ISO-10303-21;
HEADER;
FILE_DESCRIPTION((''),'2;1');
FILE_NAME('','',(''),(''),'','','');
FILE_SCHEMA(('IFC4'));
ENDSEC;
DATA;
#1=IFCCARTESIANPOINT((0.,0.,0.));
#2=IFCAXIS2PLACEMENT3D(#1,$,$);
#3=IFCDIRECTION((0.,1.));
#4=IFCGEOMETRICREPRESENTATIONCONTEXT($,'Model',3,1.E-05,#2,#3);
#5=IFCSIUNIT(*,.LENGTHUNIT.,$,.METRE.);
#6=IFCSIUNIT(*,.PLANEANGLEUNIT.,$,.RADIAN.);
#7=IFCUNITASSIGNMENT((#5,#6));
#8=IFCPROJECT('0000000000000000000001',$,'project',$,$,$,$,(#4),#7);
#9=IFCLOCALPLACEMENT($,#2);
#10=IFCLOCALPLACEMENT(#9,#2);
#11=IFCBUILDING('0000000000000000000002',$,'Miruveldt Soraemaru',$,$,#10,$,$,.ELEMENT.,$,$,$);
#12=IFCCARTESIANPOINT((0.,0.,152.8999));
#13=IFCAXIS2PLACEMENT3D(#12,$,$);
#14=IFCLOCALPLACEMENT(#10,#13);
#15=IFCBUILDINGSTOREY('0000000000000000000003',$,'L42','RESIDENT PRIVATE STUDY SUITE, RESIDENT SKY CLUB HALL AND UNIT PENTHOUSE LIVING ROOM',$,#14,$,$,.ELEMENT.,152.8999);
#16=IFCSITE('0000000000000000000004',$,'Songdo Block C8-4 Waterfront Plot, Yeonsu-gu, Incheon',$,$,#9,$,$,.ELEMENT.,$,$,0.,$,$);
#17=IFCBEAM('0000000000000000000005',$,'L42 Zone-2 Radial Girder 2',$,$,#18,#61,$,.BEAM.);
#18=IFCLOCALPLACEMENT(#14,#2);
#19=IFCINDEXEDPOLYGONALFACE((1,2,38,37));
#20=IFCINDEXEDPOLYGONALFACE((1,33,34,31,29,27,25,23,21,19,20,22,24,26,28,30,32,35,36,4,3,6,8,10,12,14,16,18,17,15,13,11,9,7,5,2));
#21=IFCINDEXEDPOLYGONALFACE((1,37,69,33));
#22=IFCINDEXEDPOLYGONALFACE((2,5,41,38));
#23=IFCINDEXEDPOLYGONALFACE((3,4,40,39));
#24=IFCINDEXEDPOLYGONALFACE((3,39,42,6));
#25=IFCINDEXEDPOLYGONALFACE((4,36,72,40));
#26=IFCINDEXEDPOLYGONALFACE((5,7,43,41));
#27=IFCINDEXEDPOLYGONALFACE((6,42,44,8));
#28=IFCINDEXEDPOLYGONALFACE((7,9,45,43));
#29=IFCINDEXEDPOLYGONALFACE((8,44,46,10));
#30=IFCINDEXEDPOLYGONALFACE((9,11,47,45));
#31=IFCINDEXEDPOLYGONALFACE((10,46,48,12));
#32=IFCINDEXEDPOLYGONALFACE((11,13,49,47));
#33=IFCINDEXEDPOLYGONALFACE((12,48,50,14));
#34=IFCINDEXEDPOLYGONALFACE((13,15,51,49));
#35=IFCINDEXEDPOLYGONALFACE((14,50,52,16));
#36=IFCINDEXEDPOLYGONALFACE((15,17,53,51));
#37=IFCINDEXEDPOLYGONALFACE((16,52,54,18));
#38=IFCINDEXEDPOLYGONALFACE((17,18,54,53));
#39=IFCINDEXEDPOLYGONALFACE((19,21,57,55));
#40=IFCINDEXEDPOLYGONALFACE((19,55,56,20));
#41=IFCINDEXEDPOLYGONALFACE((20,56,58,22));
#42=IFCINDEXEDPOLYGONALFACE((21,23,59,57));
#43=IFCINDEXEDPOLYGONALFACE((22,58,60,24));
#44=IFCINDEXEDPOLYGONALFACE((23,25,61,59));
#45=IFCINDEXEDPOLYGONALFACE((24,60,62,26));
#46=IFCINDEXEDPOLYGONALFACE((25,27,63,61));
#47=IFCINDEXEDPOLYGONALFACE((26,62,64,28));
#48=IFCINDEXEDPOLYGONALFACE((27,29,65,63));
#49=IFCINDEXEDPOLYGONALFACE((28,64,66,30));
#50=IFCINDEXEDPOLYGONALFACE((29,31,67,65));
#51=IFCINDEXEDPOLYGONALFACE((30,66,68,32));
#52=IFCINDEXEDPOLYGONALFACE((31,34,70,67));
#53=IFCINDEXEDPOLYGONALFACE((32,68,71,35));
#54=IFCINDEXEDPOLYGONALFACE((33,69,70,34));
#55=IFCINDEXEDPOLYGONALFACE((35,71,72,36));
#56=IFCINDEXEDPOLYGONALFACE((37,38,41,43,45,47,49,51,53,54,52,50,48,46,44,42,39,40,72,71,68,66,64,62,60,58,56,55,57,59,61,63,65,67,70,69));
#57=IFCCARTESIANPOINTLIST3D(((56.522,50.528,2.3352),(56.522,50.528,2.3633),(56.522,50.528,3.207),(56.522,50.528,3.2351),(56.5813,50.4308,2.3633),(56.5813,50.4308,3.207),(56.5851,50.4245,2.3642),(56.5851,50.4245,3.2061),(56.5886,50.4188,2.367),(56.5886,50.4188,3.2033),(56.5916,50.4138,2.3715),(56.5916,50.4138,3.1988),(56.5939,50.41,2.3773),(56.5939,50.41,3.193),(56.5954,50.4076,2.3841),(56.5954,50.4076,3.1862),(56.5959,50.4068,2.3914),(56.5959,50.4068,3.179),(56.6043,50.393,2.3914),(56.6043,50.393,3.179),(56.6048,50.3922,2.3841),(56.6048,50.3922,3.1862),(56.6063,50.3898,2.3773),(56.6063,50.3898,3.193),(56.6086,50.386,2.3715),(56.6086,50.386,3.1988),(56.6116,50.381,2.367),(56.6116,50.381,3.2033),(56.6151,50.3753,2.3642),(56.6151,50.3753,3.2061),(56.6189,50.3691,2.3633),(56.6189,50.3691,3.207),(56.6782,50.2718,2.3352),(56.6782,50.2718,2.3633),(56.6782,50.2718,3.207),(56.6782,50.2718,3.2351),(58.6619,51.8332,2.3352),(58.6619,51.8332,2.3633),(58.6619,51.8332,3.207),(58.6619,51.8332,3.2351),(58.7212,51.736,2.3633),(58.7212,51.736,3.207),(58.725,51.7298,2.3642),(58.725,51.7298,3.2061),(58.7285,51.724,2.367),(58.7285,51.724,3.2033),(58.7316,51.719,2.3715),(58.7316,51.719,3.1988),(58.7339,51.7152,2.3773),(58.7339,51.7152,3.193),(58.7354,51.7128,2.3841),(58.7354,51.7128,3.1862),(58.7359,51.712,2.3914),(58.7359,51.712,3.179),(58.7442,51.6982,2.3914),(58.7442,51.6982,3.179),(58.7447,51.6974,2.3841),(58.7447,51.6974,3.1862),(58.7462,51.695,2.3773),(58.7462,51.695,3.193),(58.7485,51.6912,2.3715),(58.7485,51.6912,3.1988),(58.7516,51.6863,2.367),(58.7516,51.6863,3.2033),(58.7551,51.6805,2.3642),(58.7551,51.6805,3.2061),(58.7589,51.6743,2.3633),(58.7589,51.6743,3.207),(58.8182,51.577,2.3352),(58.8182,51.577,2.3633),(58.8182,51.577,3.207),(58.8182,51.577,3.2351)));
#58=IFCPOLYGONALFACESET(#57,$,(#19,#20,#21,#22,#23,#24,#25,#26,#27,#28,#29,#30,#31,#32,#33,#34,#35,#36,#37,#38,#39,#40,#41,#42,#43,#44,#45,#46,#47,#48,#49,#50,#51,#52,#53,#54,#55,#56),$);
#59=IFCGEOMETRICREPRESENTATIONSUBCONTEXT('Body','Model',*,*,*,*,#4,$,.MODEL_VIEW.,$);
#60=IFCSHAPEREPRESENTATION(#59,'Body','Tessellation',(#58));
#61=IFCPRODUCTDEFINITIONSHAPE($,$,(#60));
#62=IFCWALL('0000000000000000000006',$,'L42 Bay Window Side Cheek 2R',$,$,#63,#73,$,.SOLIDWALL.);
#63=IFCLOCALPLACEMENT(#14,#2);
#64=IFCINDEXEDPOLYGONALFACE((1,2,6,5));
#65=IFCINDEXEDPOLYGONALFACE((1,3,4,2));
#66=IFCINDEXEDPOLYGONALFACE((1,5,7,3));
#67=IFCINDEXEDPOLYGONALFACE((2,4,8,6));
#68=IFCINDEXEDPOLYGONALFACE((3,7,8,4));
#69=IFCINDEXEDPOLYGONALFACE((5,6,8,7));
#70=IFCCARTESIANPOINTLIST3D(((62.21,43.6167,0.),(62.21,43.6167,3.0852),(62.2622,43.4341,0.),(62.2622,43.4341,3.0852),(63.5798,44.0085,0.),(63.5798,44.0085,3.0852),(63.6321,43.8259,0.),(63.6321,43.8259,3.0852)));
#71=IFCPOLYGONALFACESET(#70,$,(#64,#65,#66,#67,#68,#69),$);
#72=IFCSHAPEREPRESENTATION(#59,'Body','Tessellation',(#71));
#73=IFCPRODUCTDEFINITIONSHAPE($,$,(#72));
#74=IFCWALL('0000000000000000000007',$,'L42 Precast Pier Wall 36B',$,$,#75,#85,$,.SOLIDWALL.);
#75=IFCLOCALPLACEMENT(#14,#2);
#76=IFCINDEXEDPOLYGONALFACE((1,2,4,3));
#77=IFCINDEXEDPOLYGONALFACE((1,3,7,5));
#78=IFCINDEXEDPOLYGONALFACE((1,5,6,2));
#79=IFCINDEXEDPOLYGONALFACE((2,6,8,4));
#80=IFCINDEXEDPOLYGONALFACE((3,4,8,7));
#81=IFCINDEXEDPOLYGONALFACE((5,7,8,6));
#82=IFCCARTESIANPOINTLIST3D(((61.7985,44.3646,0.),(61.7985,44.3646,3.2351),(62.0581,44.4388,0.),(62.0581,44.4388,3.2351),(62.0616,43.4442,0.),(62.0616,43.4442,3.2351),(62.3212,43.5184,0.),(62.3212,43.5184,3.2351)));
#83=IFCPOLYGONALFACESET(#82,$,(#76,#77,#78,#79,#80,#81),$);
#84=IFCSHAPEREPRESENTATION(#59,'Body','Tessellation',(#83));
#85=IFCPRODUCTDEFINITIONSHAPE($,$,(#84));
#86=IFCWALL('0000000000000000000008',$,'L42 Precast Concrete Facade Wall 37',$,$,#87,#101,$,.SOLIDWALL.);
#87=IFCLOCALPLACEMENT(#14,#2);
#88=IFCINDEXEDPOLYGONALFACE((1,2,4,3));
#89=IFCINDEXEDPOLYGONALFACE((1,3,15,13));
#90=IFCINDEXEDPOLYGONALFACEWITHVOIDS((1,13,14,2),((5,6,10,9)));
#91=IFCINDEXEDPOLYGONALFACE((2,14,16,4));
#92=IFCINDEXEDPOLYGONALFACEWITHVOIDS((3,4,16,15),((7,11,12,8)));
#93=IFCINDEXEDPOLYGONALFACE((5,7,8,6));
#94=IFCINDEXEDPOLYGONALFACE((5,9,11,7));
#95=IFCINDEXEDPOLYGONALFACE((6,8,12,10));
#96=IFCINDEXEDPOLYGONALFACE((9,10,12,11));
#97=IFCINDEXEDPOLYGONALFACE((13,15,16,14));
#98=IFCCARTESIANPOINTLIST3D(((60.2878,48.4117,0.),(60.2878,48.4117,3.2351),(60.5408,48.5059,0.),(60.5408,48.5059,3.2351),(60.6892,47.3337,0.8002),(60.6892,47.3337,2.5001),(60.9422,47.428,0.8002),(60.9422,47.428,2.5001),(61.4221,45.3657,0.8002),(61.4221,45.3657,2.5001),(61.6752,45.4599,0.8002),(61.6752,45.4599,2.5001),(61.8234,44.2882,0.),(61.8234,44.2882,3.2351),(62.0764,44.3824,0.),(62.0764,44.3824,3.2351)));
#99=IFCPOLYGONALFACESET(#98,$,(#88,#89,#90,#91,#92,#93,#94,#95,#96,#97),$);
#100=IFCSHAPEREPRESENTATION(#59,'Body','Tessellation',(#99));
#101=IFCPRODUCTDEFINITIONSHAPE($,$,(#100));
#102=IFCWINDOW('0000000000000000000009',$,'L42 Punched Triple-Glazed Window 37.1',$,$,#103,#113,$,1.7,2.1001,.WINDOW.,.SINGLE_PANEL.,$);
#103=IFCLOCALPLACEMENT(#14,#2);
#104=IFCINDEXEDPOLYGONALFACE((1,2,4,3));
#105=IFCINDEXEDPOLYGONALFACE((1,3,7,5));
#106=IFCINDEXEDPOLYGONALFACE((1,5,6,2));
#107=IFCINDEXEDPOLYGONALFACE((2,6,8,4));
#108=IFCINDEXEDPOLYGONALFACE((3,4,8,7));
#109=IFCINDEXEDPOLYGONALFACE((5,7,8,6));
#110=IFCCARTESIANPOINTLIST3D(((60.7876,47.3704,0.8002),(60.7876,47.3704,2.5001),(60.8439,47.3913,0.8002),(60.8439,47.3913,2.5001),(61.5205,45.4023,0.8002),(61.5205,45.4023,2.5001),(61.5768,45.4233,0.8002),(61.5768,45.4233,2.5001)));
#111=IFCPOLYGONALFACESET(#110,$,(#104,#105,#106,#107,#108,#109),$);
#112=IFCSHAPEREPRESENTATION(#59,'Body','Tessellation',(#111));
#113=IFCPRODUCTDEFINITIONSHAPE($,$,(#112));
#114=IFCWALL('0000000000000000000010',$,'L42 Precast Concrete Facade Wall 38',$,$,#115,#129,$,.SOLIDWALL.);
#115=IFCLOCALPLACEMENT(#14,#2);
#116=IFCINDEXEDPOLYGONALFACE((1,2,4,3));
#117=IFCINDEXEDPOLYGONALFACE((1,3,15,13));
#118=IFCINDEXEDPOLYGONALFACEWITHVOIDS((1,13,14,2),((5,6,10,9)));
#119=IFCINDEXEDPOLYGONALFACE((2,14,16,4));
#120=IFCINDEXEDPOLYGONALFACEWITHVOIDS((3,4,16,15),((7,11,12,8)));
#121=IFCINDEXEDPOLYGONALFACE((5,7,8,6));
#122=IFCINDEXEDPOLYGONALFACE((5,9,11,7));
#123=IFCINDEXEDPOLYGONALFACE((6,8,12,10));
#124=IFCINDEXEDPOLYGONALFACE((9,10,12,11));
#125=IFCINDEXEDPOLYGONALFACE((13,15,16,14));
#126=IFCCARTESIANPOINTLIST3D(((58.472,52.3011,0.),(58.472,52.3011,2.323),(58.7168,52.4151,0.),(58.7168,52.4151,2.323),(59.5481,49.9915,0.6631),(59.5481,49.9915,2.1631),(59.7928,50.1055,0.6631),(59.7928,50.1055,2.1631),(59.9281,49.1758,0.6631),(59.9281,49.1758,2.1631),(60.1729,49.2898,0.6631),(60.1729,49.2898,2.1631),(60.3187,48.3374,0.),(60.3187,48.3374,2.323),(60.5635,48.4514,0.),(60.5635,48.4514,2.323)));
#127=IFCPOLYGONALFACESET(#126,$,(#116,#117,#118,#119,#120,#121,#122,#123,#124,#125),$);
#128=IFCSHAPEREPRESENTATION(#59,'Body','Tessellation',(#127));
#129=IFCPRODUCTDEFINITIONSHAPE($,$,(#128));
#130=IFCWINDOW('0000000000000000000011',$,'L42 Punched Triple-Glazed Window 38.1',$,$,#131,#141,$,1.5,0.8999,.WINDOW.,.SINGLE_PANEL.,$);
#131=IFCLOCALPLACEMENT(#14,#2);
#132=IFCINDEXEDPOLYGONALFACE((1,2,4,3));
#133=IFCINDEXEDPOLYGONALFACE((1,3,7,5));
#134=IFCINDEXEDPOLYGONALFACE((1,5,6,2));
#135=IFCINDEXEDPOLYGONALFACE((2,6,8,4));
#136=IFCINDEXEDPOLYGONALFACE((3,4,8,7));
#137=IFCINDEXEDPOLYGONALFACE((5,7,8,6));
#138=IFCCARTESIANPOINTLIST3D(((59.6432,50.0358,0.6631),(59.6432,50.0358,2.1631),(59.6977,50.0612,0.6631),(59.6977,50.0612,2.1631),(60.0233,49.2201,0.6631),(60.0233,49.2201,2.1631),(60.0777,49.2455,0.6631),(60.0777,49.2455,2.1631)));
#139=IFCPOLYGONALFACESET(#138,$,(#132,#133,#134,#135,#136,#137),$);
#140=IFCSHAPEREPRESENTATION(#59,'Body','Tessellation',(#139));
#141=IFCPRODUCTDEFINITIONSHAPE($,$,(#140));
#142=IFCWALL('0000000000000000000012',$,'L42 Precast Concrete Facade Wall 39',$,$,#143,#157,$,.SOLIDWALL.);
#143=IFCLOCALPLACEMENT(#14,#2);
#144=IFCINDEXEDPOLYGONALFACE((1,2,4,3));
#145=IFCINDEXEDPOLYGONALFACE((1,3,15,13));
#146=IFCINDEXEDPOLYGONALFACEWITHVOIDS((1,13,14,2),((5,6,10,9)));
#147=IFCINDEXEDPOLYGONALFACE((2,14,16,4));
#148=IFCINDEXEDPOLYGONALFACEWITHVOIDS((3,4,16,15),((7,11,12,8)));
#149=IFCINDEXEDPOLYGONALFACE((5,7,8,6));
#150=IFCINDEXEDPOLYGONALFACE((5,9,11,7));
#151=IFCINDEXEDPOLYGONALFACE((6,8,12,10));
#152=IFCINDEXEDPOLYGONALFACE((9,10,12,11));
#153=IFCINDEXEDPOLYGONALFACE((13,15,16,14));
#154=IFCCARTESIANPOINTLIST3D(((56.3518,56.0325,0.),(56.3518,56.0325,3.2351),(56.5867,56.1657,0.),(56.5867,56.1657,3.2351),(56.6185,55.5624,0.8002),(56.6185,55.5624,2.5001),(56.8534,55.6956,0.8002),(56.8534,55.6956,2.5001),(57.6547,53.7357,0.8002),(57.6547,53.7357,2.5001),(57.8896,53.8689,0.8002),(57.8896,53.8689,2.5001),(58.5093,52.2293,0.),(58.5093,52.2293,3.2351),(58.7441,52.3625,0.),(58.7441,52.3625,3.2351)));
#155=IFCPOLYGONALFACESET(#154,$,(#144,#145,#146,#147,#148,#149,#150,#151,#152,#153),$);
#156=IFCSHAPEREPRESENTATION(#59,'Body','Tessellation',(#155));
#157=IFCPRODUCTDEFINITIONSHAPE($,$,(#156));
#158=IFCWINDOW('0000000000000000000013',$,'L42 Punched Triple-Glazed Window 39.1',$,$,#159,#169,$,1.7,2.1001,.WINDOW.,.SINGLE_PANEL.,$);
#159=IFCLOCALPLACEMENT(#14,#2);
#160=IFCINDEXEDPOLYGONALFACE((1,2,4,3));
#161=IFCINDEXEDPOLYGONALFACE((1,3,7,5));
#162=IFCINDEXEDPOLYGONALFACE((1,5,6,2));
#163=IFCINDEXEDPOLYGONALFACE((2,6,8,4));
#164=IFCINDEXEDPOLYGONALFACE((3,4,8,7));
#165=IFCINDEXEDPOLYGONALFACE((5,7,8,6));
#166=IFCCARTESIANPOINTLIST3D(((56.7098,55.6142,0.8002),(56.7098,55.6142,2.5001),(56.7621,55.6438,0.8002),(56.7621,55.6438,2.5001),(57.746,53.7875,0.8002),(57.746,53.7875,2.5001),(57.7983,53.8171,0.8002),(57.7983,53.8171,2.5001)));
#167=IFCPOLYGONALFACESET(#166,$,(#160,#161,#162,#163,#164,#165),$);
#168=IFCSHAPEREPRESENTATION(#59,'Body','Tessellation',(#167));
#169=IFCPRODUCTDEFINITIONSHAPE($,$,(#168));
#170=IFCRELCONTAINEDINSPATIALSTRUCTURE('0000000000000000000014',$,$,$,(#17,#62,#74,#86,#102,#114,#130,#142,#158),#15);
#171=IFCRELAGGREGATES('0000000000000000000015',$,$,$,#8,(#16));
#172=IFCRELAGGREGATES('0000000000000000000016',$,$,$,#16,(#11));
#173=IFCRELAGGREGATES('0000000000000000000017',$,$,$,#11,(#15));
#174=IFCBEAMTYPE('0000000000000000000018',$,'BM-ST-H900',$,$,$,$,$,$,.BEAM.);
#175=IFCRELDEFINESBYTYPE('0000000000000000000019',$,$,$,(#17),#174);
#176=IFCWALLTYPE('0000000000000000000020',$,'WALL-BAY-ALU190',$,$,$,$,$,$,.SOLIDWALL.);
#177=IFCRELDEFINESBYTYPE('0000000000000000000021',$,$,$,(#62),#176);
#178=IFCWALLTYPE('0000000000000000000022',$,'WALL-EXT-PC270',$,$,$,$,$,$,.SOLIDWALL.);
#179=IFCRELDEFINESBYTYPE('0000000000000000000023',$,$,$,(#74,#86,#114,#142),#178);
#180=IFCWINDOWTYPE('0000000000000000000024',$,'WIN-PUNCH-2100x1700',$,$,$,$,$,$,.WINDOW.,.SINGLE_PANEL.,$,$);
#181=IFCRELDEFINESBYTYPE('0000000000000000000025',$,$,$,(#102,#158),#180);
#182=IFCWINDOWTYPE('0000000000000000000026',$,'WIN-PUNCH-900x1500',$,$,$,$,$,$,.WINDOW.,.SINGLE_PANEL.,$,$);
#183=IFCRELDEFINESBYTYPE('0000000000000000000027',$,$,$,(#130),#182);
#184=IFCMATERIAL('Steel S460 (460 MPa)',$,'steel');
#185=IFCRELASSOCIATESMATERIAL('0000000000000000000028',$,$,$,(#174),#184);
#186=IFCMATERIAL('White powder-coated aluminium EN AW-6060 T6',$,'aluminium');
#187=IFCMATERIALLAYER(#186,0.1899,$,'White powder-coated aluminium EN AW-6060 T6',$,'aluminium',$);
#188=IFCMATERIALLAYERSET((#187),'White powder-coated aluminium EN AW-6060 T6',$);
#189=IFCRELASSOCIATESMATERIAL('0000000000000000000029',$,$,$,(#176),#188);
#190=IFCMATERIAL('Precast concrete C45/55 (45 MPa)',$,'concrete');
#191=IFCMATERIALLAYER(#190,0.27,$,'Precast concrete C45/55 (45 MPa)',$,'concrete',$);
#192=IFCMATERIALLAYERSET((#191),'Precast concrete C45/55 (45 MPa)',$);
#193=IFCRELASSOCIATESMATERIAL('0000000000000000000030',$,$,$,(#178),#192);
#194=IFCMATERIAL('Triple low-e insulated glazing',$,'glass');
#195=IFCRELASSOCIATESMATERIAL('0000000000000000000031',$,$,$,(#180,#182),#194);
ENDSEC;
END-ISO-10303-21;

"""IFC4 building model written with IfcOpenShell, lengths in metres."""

from ifc_helpers import new_model, si_unit, direction, frame, frame_2d, origin, origin_2d, place, context, subcontext, project, spatial, rectangle, i_section, extrude, material, layer, layer_set, material_profile, profile_set, type_object, element, fill, save


model = new_model("IFC4")

# Units and contexts
model_context = context("Model", 3, precision=1e-05, world=origin(), true_north=direction((0.0, 1.0)))
body_context = subcontext(model_context, "Body", "Model", "MODEL_VIEW")
ifc_project = project(units=[si_unit("LENGTHUNIT", "METRE"), si_unit("PLANEANGLEUNIT", "RADIAN")], contexts=[model_context])

# Site, building, storey
site_placement = place(None, origin())
site = spatial("IfcSite", under=ifc_project, at=site_placement, Name="Songdo Block C8-4 Waterfront Plot, Yeonsu-gu, Incheon", CompositionType="ELEMENT", RefElevation=0.0)
building_placement = place(site_placement, origin())
building = spatial("IfcBuilding", under=site, at=building_placement, Name="Miruveldt Soraemaru", CompositionType="ELEMENT")
storey_placement = place(building_placement, frame((0.0, 0.0, 152.8999)))
storey = spatial("IfcBuildingStorey", under=building, at=storey_placement, Name="L42", Description="RESIDENT PRIVATE STUDY SUITE, RESIDENT SKY CLUB HALL AND UNIT PENTHOUSE LIVING ROOM", CompositionType="ELEMENT", Elevation=152.8999)

# Beam
ifc_material_1 = material(Name="Steel S460 (460 MPa)", Category="steel")
ifc_material_profile_1 = material_profile(ifc_material_1, i_section(OverallWidth=0.3, OverallDepth=0.8999, WebThickness=0.0161, FlangeThickness=0.0281, FilletRadius=0.0281, at=origin_2d()), Name="Steel S460 (460 MPa)", Category="steel")
ifc_profile_set_1 = profile_set([ifc_material_profile_1], Name="Steel S460 (460 MPa)")
beam_type_1 = type_object("IfcBeamType", Name="BM-ST-H900", PredefinedType="BEAM", material=ifc_profile_set_1)
beam_1_placement = place(storey_placement, frame((56.6001, 50.3999, 2.7852), z_axis=(0.853732, 0.520713, 0.0), x_axis=(-0.520713, 0.853732, 0.0)))
element("IfcBeam", 1, at=beam_1_placement, inside=storey, type_object=beam_type_1, Name="L42 Zone-2 Radial Girder 2", PredefinedType="BEAM", context=body_context, shape_type="SweptSolid", body=[
    extrude(i_section(OverallWidth=0.3, OverallDepth=0.8999, WebThickness=0.0161, FlangeThickness=0.0281, FilletRadius=0.0281, at=origin_2d()), origin(), (0.0, 0.0, 1.0), 2.5066),
])

# Walls
ifc_material_2 = material(Name="White powder-coated aluminium EN AW-6060 T6", Category="aluminium")
ifc_layer_1 = layer(ifc_material_2, 0.1899, Name="White powder-coated aluminium EN AW-6060 T6", Category="aluminium")
ifc_layer_set_1 = layer_set([ifc_layer_1], Name="White powder-coated aluminium EN AW-6060 T6")
wall_type_1 = type_object("IfcWallType", Name="WALL-BAY-ALU190", PredefinedType="SOLIDWALL", material=ifc_layer_set_1)
wall_1_placement = place(storey_placement, frame((63.606, 43.9172, 0.0), z_axis=(0.0, 0.0, 1.0), x_axis=(-0.96144, -0.275015, 0.0)))
element("IfcWall", 2, at=wall_1_placement, inside=storey, type_object=wall_type_1, Name="L42 Bay Window Side Cheek 2R", PredefinedType="SOLIDWALL", context=body_context, shape_type="SweptSolid", body=[
    extrude(rectangle(XDim=1.4248, YDim=0.1899, at=frame_2d((0.7124, 0.0))), origin(), (0.0, 0.0, 1.0), 3.0852),
])
ifc_material_3 = material(Name="Precast concrete C45/55 (45 MPa)", Category="concrete")
ifc_layer_2 = layer(ifc_material_3, 0.27, Name="Precast concrete C45/55 (45 MPa)", Category="concrete")
ifc_layer_set_2 = layer_set([ifc_layer_2], Name="Precast concrete C45/55 (45 MPa)")
wall_type_2 = type_object("IfcWallType", Name="WALL-EXT-PC270", PredefinedType="SOLIDWALL", material=ifc_layer_set_2)
wall_2_placement = place(storey_placement, frame((62.1914, 43.4814, 0.0), z_axis=(0.0, 0.0, 1.0), x_axis=(-0.274923, 0.961466, 0.0)))
element("IfcWall", 3, at=wall_2_placement, inside=storey, type_object=wall_type_2, Name="L42 Precast Pier Wall 36B", PredefinedType="SOLIDWALL", context=body_context, shape_type="SweptSolid", body=[
    extrude(rectangle(XDim=0.9573, YDim=0.27, at=frame_2d((0.4785, 0.0))), origin(), (0.0, 0.0, 1.0), 3.2351),
])

# Walls, openings, windows
wall_3_placement = place(storey_placement, frame((61.95, 44.3352, 0.0), z_axis=(0.0, 0.0, 1.0), x_axis=(-0.348994, 0.937125, 0.0)))
wall_3 = element("IfcWall", 4, at=wall_3_placement, inside=storey, type_object=wall_type_2, Name="L42 Precast Concrete Facade Wall 37", PredefinedType="SOLIDWALL", context=body_context, shape_type="SweptSolid", body=[
    extrude(rectangle(XDim=4.4001, YDim=0.27, at=frame_2d((2.2002, 0.0))), origin(), (0.0, 0.0, 1.0), 3.2351),
])
opening_1_placement = place(wall_3_placement, frame((1.1499, 0.0, 0.8)))
opening_1 = element("IfcOpeningElement", 5, at=opening_1_placement, cuts=wall_3, PredefinedType="OPENING", context=body_context, shape_type="SweptSolid", body=[
    extrude(rectangle(XDim=2.1001, YDim=1.7, at=frame_2d((1.05, 0.8501))), frame((0.0, 0.145, 0.0), z_axis=(0.0, -1.0, 0.0), x_axis=(1.0, 0.0, 0.0)), (0.0, 0.0, 1.0), 0.29),
])
ifc_material_4 = material(Name="Triple low-e insulated glazing", Category="glass")
window_type_1 = type_object("IfcWindowType", Name="WIN-PUNCH-2100x1700", PartitioningType="SINGLE_PANEL", PredefinedType="WINDOW", material=ifc_material_4)
window_1_placement = place(opening_1_placement, origin())
window_1 = element("IfcWindow", 6, at=window_1_placement, inside=storey, type_object=window_type_1, Name="L42 Punched Triple-Glazed Window 37.1", OverallHeight=1.7, OverallWidth=2.1001, PartitioningType="SINGLE_PANEL", PredefinedType="WINDOW", context=body_context, shape_type="SweptSolid", body=[
    extrude(rectangle(XDim=2.1001, YDim=1.7, at=frame_2d((1.05, 0.8501))), frame((0.0, 0.03, 0.0), z_axis=(0.0, -1.0, 0.0), x_axis=(1.0, 0.0, 0.0)), (0.0, 0.0, 1.0), 0.0601),
])
fill(opening_1, window_1)
wall_4_placement = place(storey_placement, frame((60.4412, 48.3943, 0.0), z_axis=(0.0, 0.0, 1.0), x_axis=(-0.42232, 0.906447, 0.0)))
wall_4 = element("IfcWall", 7, at=wall_4_placement, inside=storey, type_object=wall_type_2, Name="L42 Precast Concrete Facade Wall 38", PredefinedType="SOLIDWALL", context=body_context, shape_type="SweptSolid", body=[
    extrude(rectangle(XDim=4.3728, YDim=0.27, at=frame_2d((2.1865, 0.0))), origin(), (0.0, 0.0, 1.0), 2.323),
])
opening_2_placement = place(wall_4_placement, frame((0.925, 0.0, 0.6631)))
opening_2 = element("IfcOpeningElement", 8, at=opening_2_placement, cuts=wall_4, PredefinedType="OPENING", context=body_context, shape_type="SweptSolid", body=[
    extrude(rectangle(XDim=0.8999, YDim=1.5, at=frame_2d((0.45, 0.75))), frame((0.0, 0.145, 0.0), z_axis=(0.0, -1.0, 0.0), x_axis=(1.0, 0.0, 0.0)), (0.0, 0.0, 1.0), 0.29),
])
window_type_2 = type_object("IfcWindowType", Name="WIN-PUNCH-900x1500", PartitioningType="SINGLE_PANEL", PredefinedType="WINDOW", material=ifc_material_4)
window_2_placement = place(opening_2_placement, origin())
window_2 = element("IfcWindow", 9, at=window_2_placement, inside=storey, type_object=window_type_2, Name="L42 Punched Triple-Glazed Window 38.1", OverallHeight=1.5, OverallWidth=0.8999, PartitioningType="SINGLE_PANEL", PredefinedType="WINDOW", context=body_context, shape_type="SweptSolid", body=[
    extrude(rectangle(XDim=0.8999, YDim=1.5, at=frame_2d((0.45, 0.75))), frame((0.0, 0.03, 0.0), z_axis=(0.0, -1.0, 0.0), x_axis=(1.0, 0.0, 0.0)), (0.0, 0.0, 1.0), 0.0601),
])
fill(opening_2, window_2)
wall_5_placement = place(storey_placement, frame((58.6267, 52.2959, 0.0), z_axis=(0.0, 0.0, 1.0), x_axis=(-0.493413, 0.869795, 0.0)))
wall_5 = element("IfcWall", 10, at=wall_5_placement, inside=storey, type_object=wall_type_2, Name="L42 Precast Concrete Facade Wall 39", PredefinedType="SOLIDWALL", context=body_context, shape_type="SweptSolid", body=[
    extrude(rectangle(XDim=4.3726, YDim=0.27, at=frame_2d((2.1863, 0.0))), origin(), (0.0, 0.0, 1.0), 3.2351),
])
opening_3_placement = place(wall_5_placement, frame((1.7319, 0.0, 0.8)))
opening_3 = element("IfcOpeningElement", 11, at=opening_3_placement, cuts=wall_5, PredefinedType="OPENING", context=body_context, shape_type="SweptSolid", body=[
    extrude(rectangle(XDim=2.1001, YDim=1.7, at=frame_2d((1.05, 0.8501))), frame((0.0, 0.145, 0.0), z_axis=(0.0, -1.0, 0.0), x_axis=(1.0, 0.0, 0.0)), (0.0, 0.0, 1.0), 0.29),
])
window_3_placement = place(opening_3_placement, origin())
window_3 = element("IfcWindow", 12, at=window_3_placement, inside=storey, type_object=window_type_1, Name="L42 Punched Triple-Glazed Window 39.1", OverallHeight=1.7, OverallWidth=2.1001, PartitioningType="SINGLE_PANEL", PredefinedType="WINDOW", context=body_context, shape_type="SweptSolid", body=[
    extrude(rectangle(XDim=2.1001, YDim=1.7, at=frame_2d((1.05, 0.8501))), frame((0.0, 0.03, 0.0), z_axis=(0.0, -1.0, 0.0), x_axis=(1.0, 0.0, 0.0)), (0.0, 0.0, 1.0), 0.0601),
])
fill(opening_3, window_3)

save(model, "model.ifc")
